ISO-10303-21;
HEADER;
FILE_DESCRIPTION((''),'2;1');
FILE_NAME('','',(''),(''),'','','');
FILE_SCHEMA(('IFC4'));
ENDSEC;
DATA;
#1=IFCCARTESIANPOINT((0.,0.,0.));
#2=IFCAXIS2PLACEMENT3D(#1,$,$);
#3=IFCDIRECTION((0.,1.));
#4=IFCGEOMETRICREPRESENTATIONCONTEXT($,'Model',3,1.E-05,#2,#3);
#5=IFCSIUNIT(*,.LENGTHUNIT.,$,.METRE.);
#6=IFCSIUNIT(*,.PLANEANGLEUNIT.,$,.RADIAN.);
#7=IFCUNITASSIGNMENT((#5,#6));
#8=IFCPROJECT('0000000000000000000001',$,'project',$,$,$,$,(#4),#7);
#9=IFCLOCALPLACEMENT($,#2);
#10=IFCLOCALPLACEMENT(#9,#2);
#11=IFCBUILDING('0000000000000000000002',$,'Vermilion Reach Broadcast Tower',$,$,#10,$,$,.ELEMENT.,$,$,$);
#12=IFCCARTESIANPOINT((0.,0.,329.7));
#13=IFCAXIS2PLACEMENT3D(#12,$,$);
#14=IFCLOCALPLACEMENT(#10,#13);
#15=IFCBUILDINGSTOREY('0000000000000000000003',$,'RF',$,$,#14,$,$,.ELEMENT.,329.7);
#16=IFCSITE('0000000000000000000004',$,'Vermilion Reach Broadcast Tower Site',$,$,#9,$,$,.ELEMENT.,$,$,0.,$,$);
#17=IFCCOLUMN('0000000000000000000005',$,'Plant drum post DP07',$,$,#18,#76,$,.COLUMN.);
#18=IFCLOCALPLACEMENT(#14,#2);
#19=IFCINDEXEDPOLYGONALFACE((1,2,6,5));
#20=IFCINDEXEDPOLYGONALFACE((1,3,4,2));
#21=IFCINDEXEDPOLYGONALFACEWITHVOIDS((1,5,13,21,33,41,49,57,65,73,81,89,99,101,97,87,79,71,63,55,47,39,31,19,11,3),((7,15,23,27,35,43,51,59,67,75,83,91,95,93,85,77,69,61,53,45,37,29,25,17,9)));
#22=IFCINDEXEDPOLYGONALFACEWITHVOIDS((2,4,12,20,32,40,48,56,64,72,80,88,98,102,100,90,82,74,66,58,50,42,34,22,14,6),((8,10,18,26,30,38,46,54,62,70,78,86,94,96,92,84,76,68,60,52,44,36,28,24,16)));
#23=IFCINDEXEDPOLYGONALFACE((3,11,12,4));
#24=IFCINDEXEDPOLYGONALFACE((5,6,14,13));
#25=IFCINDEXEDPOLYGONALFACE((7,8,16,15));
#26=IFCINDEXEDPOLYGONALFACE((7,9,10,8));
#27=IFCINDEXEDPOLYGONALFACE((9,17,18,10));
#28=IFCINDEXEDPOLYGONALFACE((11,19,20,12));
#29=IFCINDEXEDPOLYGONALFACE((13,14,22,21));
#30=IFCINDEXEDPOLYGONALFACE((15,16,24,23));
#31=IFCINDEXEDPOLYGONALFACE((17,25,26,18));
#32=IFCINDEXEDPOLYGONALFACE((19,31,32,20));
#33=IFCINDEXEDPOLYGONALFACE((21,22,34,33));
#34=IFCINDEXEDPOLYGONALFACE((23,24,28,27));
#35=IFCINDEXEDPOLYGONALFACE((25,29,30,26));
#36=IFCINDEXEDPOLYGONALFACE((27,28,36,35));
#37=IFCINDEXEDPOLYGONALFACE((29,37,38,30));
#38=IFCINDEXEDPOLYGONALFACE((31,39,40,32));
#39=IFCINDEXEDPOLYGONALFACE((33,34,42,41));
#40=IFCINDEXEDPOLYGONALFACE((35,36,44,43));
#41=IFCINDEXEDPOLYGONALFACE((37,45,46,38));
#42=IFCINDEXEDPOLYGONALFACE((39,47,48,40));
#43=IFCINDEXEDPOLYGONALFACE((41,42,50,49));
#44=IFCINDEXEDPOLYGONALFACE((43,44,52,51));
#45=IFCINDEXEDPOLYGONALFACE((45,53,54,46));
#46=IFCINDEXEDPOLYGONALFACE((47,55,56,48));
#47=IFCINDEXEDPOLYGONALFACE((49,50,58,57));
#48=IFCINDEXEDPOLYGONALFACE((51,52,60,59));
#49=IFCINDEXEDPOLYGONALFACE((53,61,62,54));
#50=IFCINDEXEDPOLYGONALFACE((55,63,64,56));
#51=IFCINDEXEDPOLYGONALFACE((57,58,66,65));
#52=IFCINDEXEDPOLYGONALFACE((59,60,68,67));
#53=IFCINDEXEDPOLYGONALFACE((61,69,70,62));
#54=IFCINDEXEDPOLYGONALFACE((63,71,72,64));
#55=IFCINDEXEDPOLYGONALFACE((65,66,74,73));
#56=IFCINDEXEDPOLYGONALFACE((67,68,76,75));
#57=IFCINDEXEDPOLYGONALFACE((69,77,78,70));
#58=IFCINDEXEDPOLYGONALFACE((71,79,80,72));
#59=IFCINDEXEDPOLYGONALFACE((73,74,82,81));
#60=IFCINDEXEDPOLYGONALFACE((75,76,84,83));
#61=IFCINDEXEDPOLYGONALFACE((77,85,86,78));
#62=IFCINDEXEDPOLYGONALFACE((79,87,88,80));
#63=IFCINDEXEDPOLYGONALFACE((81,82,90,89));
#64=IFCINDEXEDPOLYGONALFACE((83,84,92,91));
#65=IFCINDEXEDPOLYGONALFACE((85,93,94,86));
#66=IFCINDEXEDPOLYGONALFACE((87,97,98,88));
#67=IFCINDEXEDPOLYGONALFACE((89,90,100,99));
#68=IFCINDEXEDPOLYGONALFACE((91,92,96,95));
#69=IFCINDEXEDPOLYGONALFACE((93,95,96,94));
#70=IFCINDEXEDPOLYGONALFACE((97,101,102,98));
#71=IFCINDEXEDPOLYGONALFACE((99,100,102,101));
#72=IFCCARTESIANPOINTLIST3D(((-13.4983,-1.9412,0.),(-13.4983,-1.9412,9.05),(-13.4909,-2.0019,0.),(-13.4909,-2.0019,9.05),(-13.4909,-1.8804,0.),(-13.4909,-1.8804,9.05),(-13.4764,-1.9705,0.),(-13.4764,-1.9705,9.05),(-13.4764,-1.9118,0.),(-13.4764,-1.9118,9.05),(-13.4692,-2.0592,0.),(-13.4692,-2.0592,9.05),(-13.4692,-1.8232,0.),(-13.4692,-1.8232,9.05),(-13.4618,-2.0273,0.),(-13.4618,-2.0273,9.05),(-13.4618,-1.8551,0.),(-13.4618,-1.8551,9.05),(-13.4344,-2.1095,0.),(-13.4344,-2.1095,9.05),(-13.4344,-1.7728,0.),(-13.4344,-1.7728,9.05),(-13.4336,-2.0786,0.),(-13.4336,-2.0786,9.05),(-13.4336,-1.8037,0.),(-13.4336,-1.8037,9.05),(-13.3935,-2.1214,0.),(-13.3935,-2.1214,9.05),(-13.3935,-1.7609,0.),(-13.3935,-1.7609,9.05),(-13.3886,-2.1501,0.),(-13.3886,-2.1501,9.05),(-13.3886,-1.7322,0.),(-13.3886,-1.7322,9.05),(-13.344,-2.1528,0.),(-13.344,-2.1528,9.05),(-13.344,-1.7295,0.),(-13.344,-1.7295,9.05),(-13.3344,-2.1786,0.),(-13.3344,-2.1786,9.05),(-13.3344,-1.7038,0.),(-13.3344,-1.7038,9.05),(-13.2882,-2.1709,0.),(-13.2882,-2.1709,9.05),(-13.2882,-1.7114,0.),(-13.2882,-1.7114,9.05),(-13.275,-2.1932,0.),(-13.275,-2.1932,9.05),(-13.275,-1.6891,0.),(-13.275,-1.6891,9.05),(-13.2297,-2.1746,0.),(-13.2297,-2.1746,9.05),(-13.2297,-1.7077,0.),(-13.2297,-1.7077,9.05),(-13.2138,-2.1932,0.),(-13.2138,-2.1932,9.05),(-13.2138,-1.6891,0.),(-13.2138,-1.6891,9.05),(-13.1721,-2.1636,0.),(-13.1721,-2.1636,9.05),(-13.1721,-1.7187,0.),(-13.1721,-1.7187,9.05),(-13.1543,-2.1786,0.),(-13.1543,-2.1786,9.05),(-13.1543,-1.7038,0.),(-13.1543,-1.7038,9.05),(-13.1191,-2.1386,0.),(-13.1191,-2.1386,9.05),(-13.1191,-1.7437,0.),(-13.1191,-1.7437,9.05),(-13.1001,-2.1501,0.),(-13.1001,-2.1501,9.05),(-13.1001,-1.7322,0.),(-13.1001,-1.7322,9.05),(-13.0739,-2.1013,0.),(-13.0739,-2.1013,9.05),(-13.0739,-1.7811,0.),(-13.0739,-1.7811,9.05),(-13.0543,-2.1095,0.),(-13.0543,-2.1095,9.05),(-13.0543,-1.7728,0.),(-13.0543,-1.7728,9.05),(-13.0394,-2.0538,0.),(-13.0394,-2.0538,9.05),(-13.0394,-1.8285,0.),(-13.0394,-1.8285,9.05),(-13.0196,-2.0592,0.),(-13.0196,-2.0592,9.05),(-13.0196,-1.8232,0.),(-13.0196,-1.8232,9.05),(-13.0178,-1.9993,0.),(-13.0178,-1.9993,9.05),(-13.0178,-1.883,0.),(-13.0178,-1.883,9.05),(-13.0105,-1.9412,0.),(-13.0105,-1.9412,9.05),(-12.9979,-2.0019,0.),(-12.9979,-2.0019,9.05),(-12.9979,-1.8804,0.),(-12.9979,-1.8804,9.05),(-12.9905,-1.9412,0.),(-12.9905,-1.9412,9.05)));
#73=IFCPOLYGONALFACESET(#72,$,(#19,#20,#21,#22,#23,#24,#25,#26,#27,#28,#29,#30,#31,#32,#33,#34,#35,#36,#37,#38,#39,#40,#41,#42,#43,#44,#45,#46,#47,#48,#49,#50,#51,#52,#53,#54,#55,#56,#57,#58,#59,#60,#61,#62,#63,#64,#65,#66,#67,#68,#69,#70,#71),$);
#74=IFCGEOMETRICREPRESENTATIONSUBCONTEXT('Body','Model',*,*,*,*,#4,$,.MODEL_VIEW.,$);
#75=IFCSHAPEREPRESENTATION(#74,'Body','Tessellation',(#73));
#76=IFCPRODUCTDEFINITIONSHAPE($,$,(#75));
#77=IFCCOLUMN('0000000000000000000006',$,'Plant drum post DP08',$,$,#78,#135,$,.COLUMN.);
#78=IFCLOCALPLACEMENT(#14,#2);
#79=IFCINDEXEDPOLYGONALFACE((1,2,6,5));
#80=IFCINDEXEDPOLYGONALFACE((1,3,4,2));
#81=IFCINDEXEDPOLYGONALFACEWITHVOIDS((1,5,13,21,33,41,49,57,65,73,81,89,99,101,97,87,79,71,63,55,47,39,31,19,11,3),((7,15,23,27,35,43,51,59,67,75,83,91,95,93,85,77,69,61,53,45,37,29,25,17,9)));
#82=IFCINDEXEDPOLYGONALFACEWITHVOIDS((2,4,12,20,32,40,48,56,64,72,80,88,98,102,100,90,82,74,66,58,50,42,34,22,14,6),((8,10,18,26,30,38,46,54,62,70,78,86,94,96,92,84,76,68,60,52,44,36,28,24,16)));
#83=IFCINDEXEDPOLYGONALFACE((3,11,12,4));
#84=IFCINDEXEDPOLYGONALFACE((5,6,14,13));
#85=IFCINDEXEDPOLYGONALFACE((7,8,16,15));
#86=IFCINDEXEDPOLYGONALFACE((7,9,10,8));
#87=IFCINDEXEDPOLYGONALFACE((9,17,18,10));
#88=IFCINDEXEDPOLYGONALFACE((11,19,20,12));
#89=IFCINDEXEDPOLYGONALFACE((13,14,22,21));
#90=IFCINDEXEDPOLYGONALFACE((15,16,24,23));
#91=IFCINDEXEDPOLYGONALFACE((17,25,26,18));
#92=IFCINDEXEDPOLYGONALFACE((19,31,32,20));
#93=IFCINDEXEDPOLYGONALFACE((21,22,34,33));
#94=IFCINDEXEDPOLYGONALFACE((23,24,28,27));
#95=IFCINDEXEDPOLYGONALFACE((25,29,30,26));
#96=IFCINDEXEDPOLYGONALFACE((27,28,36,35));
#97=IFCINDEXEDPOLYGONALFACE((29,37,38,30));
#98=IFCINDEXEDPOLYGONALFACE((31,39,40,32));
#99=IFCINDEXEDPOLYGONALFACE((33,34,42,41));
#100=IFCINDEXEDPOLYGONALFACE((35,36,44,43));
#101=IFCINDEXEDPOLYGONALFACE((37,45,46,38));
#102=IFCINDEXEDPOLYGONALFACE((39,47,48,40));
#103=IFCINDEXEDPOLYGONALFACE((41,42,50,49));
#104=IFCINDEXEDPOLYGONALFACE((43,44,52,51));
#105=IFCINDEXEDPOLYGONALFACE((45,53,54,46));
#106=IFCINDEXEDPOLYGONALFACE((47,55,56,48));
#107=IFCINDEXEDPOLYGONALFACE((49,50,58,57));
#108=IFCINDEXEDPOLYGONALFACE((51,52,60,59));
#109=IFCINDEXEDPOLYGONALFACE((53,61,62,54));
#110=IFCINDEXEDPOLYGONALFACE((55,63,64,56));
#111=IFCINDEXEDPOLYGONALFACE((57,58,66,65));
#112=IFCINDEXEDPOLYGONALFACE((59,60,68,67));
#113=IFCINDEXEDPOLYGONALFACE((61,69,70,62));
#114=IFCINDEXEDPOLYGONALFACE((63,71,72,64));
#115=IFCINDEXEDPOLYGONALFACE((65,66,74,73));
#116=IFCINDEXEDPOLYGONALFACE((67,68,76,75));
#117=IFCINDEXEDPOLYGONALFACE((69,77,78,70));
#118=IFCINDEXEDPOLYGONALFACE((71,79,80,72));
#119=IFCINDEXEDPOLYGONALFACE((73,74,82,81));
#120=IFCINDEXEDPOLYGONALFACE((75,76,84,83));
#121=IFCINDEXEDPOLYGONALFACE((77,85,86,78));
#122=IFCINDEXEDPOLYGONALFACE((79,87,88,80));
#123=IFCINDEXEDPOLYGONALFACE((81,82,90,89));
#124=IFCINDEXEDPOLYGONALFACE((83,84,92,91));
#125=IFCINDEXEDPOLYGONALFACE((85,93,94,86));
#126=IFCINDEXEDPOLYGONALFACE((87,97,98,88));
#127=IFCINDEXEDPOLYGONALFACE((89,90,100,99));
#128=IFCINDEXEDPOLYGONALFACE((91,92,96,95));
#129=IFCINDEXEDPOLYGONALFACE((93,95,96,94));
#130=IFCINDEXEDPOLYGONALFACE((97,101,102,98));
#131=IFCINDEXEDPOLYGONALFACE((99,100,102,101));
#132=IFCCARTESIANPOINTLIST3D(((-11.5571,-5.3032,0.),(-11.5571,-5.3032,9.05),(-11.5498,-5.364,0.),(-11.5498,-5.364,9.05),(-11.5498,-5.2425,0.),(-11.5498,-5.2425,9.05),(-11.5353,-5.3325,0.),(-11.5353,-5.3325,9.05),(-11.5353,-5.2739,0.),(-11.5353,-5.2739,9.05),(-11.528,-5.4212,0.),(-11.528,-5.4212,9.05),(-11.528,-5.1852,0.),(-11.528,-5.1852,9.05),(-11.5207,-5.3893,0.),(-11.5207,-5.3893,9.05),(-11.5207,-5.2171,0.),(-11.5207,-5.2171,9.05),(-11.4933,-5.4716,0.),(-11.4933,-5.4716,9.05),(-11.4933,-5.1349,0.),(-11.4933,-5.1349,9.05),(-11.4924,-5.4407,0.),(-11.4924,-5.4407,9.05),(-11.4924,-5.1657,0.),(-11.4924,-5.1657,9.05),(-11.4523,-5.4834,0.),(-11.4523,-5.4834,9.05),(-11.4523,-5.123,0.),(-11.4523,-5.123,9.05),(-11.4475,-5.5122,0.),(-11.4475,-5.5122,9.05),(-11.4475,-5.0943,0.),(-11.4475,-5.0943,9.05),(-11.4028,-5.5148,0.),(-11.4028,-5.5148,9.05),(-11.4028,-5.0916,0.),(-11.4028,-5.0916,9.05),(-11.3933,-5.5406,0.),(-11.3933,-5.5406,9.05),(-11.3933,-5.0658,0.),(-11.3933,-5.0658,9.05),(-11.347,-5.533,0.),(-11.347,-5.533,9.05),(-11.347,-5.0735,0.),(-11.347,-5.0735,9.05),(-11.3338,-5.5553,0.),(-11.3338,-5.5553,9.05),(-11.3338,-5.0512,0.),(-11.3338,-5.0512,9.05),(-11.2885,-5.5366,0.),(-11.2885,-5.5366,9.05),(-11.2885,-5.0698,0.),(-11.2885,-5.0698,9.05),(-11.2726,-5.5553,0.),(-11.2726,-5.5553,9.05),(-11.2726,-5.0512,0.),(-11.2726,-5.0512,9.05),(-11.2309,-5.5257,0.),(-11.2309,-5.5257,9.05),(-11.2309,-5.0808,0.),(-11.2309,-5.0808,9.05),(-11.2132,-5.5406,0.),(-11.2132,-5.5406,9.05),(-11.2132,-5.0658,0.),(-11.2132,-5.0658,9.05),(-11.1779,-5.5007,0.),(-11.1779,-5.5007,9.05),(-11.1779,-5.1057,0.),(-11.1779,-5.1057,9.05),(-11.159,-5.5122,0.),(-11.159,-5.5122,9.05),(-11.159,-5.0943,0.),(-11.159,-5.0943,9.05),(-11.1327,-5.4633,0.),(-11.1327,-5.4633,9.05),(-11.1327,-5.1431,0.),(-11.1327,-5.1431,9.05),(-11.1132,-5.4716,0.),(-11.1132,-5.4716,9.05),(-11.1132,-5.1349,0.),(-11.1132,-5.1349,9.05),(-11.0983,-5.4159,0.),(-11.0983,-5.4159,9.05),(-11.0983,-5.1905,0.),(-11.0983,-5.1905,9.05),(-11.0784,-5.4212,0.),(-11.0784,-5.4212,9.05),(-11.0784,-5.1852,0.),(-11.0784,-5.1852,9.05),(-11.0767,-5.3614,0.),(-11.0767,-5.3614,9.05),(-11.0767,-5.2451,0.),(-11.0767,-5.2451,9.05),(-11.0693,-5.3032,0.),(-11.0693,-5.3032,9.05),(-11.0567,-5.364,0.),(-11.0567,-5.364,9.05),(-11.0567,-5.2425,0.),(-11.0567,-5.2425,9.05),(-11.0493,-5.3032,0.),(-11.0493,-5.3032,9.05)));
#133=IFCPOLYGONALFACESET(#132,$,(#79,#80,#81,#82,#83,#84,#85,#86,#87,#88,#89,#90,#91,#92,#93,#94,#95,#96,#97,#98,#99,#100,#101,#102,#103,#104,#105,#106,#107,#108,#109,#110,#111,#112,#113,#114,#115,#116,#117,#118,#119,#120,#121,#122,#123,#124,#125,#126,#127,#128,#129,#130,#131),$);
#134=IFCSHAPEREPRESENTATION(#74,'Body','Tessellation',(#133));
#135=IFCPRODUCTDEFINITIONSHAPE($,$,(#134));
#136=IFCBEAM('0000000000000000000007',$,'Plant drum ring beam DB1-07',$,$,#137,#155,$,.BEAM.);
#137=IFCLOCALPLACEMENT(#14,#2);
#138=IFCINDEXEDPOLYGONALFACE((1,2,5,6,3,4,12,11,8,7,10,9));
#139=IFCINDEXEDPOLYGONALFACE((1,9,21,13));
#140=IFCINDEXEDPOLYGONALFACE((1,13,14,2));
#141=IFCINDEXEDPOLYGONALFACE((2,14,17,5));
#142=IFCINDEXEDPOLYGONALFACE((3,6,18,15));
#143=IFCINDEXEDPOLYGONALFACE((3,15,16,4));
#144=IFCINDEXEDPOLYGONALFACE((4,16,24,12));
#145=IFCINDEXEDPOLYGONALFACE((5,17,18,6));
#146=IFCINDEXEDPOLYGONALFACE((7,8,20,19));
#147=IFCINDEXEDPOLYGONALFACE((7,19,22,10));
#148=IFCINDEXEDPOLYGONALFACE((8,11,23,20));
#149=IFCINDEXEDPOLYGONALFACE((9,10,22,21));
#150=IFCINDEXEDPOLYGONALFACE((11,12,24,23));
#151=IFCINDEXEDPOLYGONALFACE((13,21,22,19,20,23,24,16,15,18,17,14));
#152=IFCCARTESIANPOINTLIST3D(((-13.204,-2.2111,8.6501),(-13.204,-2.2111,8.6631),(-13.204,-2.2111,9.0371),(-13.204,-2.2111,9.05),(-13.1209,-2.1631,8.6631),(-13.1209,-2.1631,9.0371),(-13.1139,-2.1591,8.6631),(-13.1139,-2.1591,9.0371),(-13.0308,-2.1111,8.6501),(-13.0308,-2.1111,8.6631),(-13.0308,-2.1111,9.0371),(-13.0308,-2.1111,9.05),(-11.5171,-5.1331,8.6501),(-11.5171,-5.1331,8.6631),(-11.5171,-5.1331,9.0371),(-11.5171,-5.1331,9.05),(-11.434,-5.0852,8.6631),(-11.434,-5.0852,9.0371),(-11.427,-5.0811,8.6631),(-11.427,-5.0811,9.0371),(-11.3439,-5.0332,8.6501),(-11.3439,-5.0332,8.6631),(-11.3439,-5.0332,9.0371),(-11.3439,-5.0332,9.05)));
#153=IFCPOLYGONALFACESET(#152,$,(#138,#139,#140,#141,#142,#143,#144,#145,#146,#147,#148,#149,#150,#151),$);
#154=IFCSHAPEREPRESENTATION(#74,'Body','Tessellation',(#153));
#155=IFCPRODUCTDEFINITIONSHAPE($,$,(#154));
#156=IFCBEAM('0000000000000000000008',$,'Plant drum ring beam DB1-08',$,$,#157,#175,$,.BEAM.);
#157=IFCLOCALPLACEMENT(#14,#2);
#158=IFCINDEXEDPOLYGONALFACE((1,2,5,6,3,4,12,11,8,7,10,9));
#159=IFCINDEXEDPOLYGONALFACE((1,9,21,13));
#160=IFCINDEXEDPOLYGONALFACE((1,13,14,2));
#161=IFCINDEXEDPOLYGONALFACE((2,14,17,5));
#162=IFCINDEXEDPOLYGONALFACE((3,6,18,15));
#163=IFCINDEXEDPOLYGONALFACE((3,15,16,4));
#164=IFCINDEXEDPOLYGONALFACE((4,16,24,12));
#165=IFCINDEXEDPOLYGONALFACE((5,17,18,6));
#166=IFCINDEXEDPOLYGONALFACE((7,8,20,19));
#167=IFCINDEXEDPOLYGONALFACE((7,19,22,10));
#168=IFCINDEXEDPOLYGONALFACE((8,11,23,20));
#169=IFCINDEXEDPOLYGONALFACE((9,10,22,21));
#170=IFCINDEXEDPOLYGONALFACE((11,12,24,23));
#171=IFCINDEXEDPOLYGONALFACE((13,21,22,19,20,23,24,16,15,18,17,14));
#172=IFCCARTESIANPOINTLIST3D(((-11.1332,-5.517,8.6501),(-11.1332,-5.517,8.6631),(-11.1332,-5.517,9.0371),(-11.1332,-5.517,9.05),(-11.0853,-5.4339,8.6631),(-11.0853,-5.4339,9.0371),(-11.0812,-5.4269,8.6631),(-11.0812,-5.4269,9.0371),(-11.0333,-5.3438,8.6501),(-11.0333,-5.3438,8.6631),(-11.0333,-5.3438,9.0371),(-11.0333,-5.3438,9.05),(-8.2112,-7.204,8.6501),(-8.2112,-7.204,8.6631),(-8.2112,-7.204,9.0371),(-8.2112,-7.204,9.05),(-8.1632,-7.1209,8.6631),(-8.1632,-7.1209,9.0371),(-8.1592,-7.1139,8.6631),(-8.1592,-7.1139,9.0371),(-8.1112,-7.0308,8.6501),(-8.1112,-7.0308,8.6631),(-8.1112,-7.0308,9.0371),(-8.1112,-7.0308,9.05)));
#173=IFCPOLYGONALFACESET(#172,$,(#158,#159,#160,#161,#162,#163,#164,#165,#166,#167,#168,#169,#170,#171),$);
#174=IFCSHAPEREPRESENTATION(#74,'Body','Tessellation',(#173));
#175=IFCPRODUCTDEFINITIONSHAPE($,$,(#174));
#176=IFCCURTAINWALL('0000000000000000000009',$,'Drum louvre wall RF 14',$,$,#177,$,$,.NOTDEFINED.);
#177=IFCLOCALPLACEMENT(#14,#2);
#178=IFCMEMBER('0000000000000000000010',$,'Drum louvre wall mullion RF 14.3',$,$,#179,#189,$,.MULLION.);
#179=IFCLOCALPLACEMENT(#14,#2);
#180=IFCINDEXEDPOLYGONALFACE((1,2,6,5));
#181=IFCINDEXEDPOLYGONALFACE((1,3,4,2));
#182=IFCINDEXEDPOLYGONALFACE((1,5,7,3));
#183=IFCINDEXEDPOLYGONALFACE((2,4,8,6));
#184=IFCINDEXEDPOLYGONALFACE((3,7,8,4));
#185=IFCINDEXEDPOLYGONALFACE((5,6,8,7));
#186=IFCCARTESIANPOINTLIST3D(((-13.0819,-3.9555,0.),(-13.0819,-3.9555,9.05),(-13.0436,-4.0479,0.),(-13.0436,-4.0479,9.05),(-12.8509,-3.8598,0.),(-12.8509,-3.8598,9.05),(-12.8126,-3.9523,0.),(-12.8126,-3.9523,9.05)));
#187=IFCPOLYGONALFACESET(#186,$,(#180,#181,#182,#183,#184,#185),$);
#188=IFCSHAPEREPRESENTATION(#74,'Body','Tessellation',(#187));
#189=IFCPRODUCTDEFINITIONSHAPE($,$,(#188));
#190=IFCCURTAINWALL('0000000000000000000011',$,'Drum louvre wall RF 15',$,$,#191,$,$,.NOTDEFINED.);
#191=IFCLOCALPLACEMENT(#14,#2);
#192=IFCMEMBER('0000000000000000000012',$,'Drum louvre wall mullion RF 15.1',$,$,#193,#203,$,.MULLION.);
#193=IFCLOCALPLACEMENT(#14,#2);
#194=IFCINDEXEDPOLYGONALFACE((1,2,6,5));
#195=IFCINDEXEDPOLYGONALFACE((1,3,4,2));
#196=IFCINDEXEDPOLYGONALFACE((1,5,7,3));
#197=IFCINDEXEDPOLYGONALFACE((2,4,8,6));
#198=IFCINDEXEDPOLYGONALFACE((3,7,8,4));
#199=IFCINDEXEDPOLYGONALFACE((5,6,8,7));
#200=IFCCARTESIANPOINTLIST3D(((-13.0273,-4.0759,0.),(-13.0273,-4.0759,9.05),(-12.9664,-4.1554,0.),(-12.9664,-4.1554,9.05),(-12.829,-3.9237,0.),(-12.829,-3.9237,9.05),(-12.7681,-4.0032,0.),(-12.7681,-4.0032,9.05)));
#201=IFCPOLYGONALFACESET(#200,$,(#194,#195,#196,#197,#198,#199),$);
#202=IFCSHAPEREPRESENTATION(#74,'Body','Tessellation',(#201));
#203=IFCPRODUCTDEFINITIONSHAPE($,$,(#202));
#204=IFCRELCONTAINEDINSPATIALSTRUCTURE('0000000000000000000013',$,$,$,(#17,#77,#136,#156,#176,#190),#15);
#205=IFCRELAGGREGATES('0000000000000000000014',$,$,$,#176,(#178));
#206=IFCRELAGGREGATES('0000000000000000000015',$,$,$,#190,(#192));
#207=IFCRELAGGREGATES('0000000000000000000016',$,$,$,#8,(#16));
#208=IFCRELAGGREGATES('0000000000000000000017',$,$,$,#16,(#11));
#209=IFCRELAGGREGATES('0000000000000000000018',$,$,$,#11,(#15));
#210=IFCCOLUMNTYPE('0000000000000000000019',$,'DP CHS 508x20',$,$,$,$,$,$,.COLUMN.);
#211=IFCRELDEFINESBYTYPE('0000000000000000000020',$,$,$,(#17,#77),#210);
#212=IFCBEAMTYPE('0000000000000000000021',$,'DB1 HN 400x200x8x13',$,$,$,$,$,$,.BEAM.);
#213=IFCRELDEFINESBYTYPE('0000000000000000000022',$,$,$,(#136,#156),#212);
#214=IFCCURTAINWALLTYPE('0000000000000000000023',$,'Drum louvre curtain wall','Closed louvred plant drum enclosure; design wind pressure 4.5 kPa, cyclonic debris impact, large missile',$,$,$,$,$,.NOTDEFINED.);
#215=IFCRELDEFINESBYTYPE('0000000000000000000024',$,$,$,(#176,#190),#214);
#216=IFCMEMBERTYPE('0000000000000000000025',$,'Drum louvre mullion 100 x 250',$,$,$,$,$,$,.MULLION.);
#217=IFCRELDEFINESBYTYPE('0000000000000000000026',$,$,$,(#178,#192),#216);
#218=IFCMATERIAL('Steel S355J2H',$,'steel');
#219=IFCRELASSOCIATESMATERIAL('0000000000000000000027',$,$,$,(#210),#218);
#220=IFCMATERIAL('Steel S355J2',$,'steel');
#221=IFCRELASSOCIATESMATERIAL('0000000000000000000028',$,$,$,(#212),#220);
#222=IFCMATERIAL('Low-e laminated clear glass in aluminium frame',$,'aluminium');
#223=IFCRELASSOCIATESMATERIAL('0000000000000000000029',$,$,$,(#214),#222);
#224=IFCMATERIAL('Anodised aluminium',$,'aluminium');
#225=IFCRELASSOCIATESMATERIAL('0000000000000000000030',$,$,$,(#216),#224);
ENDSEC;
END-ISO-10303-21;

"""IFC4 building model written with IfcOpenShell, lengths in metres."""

from ifc_helpers import new_model, si_unit, direction, frame, origin, origin_2d, place, context, subcontext, project, spatial, rectangle, hollow_circle, i_section, extrude, material, material_profile, profile_set, type_object, element, aggregate, save


model = new_model("IFC4")

# Units and contexts
model_context = context("Model", 3, precision=1e-05, world=origin(), true_north=direction((0.0, 1.0)))
body_context = subcontext(model_context, "Body", "Model", "MODEL_VIEW")
ifc_project = project(units=[si_unit("LENGTHUNIT", "METRE"), si_unit("PLANEANGLEUNIT", "RADIAN")], contexts=[model_context])

# Site, building, storey
site_placement = place(None, origin())
site = spatial("IfcSite", under=ifc_project, at=site_placement, Name="Vermilion Reach Broadcast Tower Site", CompositionType="ELEMENT", RefElevation=0.0)
building_placement = place(site_placement, origin())
building = spatial("IfcBuilding", under=site, at=building_placement, Name="Vermilion Reach Broadcast Tower", CompositionType="ELEMENT")
storey_placement = place(building_placement, frame((0.0, 0.0, 329.7)))
storey = spatial("IfcBuildingStorey", under=building, at=storey_placement, Name="RF", CompositionType="ELEMENT", Elevation=329.7)

# Columns
ifc_material_1 = material(Name="Steel S355J2H", Category="steel")
ifc_material_profile_1 = material_profile(ifc_material_1, hollow_circle(Radius=0.2539, WallThickness=0.02, at=origin_2d()), Name="S355J2H CHS 508x20")
ifc_profile_set_1 = profile_set([ifc_material_profile_1], Name="Steel S355J2H")
column_type = type_object("IfcColumnType", Name="DP CHS 508x20", PredefinedType="COLUMN", material=ifc_profile_set_1)
for number, where, z_axis, x_axis, name in (
    (1, (-13.2444, -1.9412, 0.0), (0.0, 0.0, 1.0), (1.0, 0.0, 0.0), "Plant drum post DP07"),
    (2, (-11.3032, -5.3032, 0.0), (0.0, 0.0, 1.0), (1.0, 0.0, 0.0), "Plant drum post DP08"),
):
    element("IfcColumn", number, at=place(storey_placement, frame(where, z_axis=z_axis, x_axis=x_axis)), inside=storey, type_object=column_type, Name=name, PredefinedType="COLUMN", context=body_context, shape_type="SweptSolid", body=[
        extrude(hollow_circle(Radius=0.2539, WallThickness=0.02, at=origin_2d()), origin(), (0.0, 0.0, 1.0), 9.05),
    ])

# Beams
ifc_material_2 = material(Name="Steel S355J2", Category="steel")
ifc_material_profile_2 = material_profile(ifc_material_2, i_section(OverallWidth=0.2, OverallDepth=0.3999, WebThickness=0.0081, FlangeThickness=0.0129, at=origin_2d()), Name="S355J2 HN 400x200x8x13")
ifc_profile_set_2 = profile_set([ifc_material_profile_2], Name="Steel S355J2")
beam_type = type_object("IfcBeamType", Name="DB1 HN 400x200x8x13", PredefinedType="BEAM", material=ifc_profile_set_2)
for number, where, z_axis, x_axis, name in (
    (3, (-13.1174, -2.1611, 8.8501), (0.499983, -0.866035, 0.0), (0.866035, 0.499983, 0.0), "Plant drum ring beam DB1-07"),
    (4, (-11.0833, -5.4304, 8.8501), (0.866035, -0.499983, 0.0), (0.499983, 0.866035, 0.0), "Plant drum ring beam DB1-08"),
):
    element("IfcBeam", number, at=place(storey_placement, frame(where, z_axis=z_axis, x_axis=x_axis)), inside=storey, type_object=beam_type, Name=name, PredefinedType="BEAM", context=body_context, shape_type="SweptSolid", body=[
        extrude(i_section(OverallWidth=0.2, OverallDepth=0.3999, WebThickness=0.0081, FlangeThickness=0.0129, at=origin_2d()), origin(), (0.0, 0.0, 1.0), 3.374),
    ])

# Curtain wall, member
ifc_material_3 = material(Name="Low-e laminated clear glass in aluminium frame", Category="aluminium")
curtain_wall_type = type_object("IfcCurtainWallType", Name="Drum louvre curtain wall", Description="Closed louvred plant drum enclosure; design wind pressure 4.5 kPa, cyclonic debris impact, large missile", PredefinedType="NOTDEFINED", material=ifc_material_3)
placement = place(storey_placement, origin())
curtain_wall_1 = element("IfcCurtainWall", 5, at=placement, inside=storey, type_object=curtain_wall_type, Name="Drum louvre wall RF 14", PredefinedType="NOTDEFINED")
ifc_material_4 = material(Name="Anodised aluminium", Category="aluminium")
ifc_material_profile_3 = material_profile(ifc_material_4, rectangle(XDim=0.25, YDim=0.1001, at=origin_2d()), Name="Drum louvre mullion 100 x 250")
ifc_profile_set_3 = profile_set([ifc_material_profile_3], Name="Anodised aluminium")
member_type_1 = type_object("IfcMemberType", Name="Drum louvre mullion 100 x 250", PredefinedType="MULLION", material=ifc_profile_set_3)
member_1_placement = place(storey_placement, frame((-12.9473, -3.9539, 0.0), z_axis=(0.0, 0.0, 1.0), x_axis=(0.92388, 0.382683, 0.0)))
member_1 = element("IfcMember", 6, at=member_1_placement, type_object=member_type_1, Name="Drum louvre wall mullion RF 14.3", PredefinedType="MULLION", context=body_context, shape_type="SweptSolid", body=[
    extrude(rectangle(XDim=0.25, YDim=0.1001, at=origin_2d()), origin(), (0.0, 0.0, 1.0), 9.05),
])

# Curtain wall, member
curtain_wall_2 = element("IfcCurtainWall", 7, at=placement, inside=storey, type_object=curtain_wall_type, Name="Drum louvre wall RF 15", PredefinedType="NOTDEFINED")
member_2_placement = place(storey_placement, frame((-12.8977, -4.0396, 0.0), z_axis=(0.0, 0.0, 1.0), x_axis=(0.793353, 0.608761, 0.0)))
member_2 = element("IfcMember", 8, at=member_2_placement, type_object=member_type_1, Name="Drum louvre wall mullion RF 15.1", PredefinedType="MULLION", context=body_context, shape_type="SweptSolid", body=[
    extrude(rectangle(XDim=0.25, YDim=0.1001, at=origin_2d()), origin(), (0.0, 0.0, 1.0), 9.05),
])

aggregate(curtain_wall_1, [member_1])
aggregate(curtain_wall_2, [member_2])

save(model, "model.ifc")
